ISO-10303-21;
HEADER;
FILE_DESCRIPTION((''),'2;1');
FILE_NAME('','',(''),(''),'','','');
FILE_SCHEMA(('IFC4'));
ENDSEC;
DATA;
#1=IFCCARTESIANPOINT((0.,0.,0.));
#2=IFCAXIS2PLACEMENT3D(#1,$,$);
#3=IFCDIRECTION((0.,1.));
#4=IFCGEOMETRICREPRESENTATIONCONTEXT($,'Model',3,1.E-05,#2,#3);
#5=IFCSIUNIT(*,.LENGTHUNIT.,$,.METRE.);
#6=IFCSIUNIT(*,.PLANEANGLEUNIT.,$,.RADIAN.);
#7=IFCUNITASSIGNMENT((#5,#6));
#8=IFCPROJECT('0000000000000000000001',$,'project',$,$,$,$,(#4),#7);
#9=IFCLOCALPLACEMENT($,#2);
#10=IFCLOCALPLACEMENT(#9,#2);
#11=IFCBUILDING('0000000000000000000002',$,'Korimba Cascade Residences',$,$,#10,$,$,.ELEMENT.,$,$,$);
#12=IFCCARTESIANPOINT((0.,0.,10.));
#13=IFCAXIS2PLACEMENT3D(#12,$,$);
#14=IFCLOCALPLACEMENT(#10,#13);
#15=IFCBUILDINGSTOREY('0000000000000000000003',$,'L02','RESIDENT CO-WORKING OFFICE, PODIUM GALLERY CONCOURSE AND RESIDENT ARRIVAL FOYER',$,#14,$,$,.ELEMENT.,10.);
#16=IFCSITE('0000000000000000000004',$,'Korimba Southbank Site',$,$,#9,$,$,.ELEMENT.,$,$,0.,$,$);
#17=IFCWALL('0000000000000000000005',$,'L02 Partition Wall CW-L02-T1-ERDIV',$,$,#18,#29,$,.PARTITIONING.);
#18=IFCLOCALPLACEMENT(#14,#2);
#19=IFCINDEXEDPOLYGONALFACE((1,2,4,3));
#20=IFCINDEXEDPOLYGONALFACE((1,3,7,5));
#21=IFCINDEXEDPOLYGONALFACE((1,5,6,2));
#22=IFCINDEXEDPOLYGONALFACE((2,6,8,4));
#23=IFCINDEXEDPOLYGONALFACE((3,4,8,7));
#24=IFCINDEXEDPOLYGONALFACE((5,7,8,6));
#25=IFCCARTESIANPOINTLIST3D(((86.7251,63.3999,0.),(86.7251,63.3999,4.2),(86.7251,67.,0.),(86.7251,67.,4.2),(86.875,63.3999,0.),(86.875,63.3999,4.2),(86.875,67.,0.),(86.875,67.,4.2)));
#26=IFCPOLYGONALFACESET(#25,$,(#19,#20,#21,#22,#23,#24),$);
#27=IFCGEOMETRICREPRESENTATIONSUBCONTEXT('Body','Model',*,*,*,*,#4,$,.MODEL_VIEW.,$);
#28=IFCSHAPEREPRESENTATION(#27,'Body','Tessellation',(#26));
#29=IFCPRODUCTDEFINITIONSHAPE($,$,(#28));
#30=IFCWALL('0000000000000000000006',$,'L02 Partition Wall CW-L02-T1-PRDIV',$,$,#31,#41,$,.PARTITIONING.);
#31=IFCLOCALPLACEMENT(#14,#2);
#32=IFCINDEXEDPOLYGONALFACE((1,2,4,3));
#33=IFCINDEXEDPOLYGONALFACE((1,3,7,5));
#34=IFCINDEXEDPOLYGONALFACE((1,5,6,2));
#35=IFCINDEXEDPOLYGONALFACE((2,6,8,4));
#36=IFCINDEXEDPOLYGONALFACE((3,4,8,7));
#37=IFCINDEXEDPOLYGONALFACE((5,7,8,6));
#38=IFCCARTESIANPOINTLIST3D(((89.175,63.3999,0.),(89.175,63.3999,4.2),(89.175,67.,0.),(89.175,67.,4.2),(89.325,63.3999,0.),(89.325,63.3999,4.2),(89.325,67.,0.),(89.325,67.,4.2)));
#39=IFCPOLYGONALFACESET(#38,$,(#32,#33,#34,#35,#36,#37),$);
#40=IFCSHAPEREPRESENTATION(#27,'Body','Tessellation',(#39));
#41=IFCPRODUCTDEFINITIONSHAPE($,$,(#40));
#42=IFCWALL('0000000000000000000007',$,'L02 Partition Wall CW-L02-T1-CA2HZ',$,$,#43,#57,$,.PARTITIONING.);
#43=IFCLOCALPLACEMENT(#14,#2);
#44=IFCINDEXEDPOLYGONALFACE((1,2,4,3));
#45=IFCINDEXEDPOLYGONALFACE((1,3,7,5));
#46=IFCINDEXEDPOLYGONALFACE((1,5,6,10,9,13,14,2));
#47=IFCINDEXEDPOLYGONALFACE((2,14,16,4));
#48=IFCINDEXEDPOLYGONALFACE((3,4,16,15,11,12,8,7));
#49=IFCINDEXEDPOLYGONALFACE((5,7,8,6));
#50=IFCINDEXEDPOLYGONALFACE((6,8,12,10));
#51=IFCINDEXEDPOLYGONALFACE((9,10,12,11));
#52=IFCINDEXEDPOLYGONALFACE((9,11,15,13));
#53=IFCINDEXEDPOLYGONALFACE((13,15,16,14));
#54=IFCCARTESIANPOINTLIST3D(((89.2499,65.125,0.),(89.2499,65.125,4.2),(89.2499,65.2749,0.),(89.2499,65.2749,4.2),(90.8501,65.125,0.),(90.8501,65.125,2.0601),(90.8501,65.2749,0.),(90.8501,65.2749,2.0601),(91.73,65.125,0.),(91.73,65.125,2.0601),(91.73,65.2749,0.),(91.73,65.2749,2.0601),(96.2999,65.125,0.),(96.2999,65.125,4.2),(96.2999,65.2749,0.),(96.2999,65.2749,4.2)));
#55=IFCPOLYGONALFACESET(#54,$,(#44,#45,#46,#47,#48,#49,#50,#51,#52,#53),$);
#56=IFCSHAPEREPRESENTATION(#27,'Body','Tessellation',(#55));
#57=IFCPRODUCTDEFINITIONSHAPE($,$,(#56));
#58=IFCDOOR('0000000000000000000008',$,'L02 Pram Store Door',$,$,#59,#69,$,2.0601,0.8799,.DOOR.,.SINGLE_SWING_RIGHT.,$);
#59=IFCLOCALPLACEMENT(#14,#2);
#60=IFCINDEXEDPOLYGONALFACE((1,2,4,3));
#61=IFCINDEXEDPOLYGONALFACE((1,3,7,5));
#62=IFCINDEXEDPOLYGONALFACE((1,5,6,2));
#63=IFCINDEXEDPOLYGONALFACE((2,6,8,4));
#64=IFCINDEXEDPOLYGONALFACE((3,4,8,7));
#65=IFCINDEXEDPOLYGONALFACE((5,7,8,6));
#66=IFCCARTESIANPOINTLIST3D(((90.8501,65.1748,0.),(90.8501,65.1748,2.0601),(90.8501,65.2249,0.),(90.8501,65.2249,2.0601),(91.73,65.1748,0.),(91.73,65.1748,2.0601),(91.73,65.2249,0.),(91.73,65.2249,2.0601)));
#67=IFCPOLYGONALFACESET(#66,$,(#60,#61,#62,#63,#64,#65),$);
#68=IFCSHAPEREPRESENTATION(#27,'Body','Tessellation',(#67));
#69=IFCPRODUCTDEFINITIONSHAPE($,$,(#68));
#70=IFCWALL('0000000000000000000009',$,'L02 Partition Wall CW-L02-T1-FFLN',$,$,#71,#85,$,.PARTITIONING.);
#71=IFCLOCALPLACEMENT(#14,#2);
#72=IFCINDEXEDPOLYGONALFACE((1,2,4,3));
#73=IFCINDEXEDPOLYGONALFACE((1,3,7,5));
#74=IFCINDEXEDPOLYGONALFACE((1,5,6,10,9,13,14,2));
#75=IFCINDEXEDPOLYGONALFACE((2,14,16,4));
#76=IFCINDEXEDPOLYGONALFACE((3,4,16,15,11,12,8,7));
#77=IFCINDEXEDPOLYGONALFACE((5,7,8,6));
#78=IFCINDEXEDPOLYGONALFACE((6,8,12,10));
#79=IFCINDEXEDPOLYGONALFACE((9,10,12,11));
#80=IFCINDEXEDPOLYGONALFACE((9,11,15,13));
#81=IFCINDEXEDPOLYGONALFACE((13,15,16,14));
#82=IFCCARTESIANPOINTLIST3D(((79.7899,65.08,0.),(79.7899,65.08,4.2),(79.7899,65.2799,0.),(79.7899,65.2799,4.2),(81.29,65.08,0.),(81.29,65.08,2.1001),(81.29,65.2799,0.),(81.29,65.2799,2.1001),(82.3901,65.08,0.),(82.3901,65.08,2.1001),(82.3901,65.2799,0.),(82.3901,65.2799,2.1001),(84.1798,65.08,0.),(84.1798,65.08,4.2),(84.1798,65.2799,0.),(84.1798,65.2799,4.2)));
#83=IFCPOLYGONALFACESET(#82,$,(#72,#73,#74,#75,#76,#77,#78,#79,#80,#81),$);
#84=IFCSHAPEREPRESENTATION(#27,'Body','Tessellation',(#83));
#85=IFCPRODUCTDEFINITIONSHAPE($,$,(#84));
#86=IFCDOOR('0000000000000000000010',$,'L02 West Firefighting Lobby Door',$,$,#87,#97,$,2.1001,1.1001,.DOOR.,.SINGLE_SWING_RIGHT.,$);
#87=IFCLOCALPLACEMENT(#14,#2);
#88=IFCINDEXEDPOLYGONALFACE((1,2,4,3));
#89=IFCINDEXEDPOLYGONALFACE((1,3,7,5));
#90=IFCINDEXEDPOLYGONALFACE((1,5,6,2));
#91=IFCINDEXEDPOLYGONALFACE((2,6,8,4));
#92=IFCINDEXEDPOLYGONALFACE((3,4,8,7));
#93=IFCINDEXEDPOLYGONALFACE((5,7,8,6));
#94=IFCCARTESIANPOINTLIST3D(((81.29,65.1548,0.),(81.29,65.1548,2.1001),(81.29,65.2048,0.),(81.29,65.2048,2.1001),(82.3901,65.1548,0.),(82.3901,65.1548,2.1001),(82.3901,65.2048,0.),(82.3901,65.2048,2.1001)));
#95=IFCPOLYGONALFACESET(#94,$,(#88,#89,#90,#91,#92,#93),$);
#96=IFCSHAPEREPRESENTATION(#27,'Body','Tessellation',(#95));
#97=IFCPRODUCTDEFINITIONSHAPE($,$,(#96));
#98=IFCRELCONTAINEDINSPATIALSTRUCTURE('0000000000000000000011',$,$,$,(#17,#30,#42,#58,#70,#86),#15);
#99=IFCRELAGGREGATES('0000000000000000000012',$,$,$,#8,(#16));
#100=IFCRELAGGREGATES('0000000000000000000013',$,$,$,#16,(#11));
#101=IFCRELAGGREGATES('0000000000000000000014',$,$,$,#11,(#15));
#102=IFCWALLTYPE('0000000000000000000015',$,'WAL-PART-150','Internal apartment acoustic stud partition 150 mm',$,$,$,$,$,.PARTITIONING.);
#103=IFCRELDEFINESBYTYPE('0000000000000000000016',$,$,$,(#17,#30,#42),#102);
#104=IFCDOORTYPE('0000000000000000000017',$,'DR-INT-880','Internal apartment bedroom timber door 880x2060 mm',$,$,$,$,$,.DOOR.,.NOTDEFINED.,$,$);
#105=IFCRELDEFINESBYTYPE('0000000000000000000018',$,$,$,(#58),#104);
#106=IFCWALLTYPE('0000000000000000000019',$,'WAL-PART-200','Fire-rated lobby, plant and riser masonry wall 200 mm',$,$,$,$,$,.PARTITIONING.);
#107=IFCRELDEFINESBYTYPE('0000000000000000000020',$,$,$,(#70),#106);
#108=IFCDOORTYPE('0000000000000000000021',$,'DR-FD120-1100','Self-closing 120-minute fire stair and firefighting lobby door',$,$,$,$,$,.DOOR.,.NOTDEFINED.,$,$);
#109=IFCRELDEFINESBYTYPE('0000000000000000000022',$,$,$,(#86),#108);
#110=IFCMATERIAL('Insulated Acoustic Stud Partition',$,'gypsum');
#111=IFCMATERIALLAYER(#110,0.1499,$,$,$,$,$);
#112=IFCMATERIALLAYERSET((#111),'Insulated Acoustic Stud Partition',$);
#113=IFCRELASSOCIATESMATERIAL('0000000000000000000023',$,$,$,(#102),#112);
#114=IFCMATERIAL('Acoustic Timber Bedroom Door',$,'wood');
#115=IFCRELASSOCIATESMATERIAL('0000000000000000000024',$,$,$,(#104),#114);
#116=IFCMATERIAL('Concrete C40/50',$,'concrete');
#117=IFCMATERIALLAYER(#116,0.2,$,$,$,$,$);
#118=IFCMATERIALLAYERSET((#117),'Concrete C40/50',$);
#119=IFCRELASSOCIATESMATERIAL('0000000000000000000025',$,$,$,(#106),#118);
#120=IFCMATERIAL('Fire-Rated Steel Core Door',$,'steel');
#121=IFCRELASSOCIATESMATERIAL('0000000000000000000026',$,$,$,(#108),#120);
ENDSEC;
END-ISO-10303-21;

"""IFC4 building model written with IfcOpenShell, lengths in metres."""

from ifc_helpers import new_model, si_unit, direction, frame, frame_2d, origin, place, context, subcontext, project, spatial, rectangle, extrude, material, layer, layer_set, type_object, element, fill, save


model = new_model("IFC4")

# Units and contexts
model_context = context("Model", 3, precision=1e-05, world=origin(), true_north=direction((0.0, 1.0)))
body_context = subcontext(model_context, "Body", "Model", "MODEL_VIEW")
ifc_project = project(units=[si_unit("LENGTHUNIT", "METRE"), si_unit("PLANEANGLEUNIT", "RADIAN")], contexts=[model_context])

# Site, building, storey
site_placement = place(None, origin())
site = spatial("IfcSite", under=ifc_project, at=site_placement, Name="Korimba Southbank Site", CompositionType="ELEMENT", RefElevation=0.0)
building_placement = place(site_placement, origin())
building = spatial("IfcBuilding", under=site, at=building_placement, Name="Korimba Cascade Residences", CompositionType="ELEMENT")
storey_placement = place(building_placement, frame((0.0, 0.0, 10.0)))
storey = spatial("IfcBuildingStorey", under=building, at=storey_placement, Name="L02", Description="RESIDENT CO-WORKING OFFICE, PODIUM GALLERY CONCOURSE AND RESIDENT ARRIVAL FOYER", CompositionType="ELEMENT", Elevation=10.0)

# Walls
ifc_material_1 = material(Name="Insulated Acoustic Stud Partition", Category="gypsum")
ifc_layer_1 = layer(ifc_material_1, 0.1499)
ifc_layer_set_1 = layer_set([ifc_layer_1], Name="Insulated Acoustic Stud Partition")
wall_type_1 = type_object("IfcWallType", Name="WAL-PART-150", Description="Internal apartment acoustic stud partition 150 mm", PredefinedType="PARTITIONING", material=ifc_layer_set_1)
for number, where, z_axis, x_axis, name in (
    (1, (86.8, 63.3999, 0.0), (0.0, 0.0, 1.0), (0.0, 1.0, 0.0), "L02 Partition Wall CW-L02-T1-ERDIV"),
    (2, (89.25, 63.3999, 0.0), (0.0, 0.0, 1.0), (0.0, 1.0, 0.0), "L02 Partition Wall CW-L02-T1-PRDIV"),
):
    element("IfcWall", number, at=place(storey_placement, frame(where, z_axis=z_axis, x_axis=x_axis)), inside=storey, type_object=wall_type_1, Name=name, PredefinedType="PARTITIONING", context=body_context, shape_type="SweptSolid", body=[
        extrude(rectangle(XDim=3.6001, YDim=0.1499, at=frame_2d((1.8, 0.0))), origin(), (0.0, 0.0, 1.0), 4.2),
    ])

# Walls, openings, doors
wall_1_placement = place(storey_placement, frame((89.25, 65.2, 0.0), z_axis=(0.0, 0.0, 1.0), x_axis=(1.0, 0.0, 0.0)))
wall_1 = element("IfcWall", 3, at=wall_1_placement, inside=storey, type_object=wall_type_1, Name="L02 Partition Wall CW-L02-T1-CA2HZ", PredefinedType="PARTITIONING", context=body_context, shape_type="SweptSolid", body=[
    extrude(rectangle(XDim=7.05, YDim=0.1499, at=frame_2d((3.5249, 0.0))), origin(), (0.0, 0.0, 1.0), 4.2),
])
opening_1_placement = place(wall_1_placement, frame((1.6001, 0.0, 0.0)))
opening_1 = element("IfcOpeningElement", 4, at=opening_1_placement, cuts=wall_1, PredefinedType="OPENING", context=body_context, shape_type="SweptSolid", body=[
    extrude(rectangle(XDim=0.8799, YDim=2.0601, at=frame_2d((0.4399, 1.03))), frame((0.0, 0.085, 0.0), z_axis=(0.0, -1.0, 0.0), x_axis=(1.0, 0.0, 0.0)), (0.0, 0.0, 1.0), 0.1699),
])
ifc_material_2 = material(Name="Acoustic Timber Bedroom Door", Category="wood")
door_type_1 = type_object("IfcDoorType", Name="DR-INT-880", Description="Internal apartment bedroom timber door 880x2060 mm", OperationType="NOTDEFINED", PredefinedType="DOOR", material=ifc_material_2)
door_1_placement = place(opening_1_placement, origin())
door_1 = element("IfcDoor", 5, at=door_1_placement, inside=storey, type_object=door_type_1, Name="L02 Pram Store Door", OperationType="SINGLE_SWING_RIGHT", OverallHeight=2.0601, OverallWidth=0.8799, PredefinedType="DOOR", context=body_context, shape_type="SweptSolid", body=[
    extrude(rectangle(XDim=0.8799, YDim=2.0601, at=frame_2d((0.4399, 1.03))), frame((0.0, 0.0249, 0.0), z_axis=(0.0, -1.0, 0.0), x_axis=(1.0, 0.0, 0.0)), (0.0, 0.0, 1.0), 0.05),
])
fill(opening_1, door_1)
ifc_material_3 = material(Name="Concrete C40/50", Category="concrete")
ifc_layer_2 = layer(ifc_material_3, 0.2)
ifc_layer_set_2 = layer_set([ifc_layer_2], Name="Concrete C40/50")
wall_type_2 = type_object("IfcWallType", Name="WAL-PART-200", Description="Fire-rated lobby, plant and riser masonry wall 200 mm", PredefinedType="PARTITIONING", material=ifc_layer_set_2)
wall_2_placement = place(storey_placement, frame((79.79, 65.1799, 0.0), z_axis=(0.0, 0.0, 1.0), x_axis=(1.0, 0.0, 0.0)))
wall_2 = element("IfcWall", 6, at=wall_2_placement, inside=storey, type_object=wall_type_2, Name="L02 Partition Wall CW-L02-T1-FFLN", PredefinedType="PARTITIONING", context=body_context, shape_type="SweptSolid", body=[
    extrude(rectangle(XDim=4.3899, YDim=0.2, at=frame_2d((2.1948, 0.0))), origin(), (0.0, 0.0, 1.0), 4.2),
])
opening_2_placement = place(wall_2_placement, frame((1.5, 0.0, 0.0)))
opening_2 = element("IfcOpeningElement", 7, at=opening_2_placement, cuts=wall_2, PredefinedType="OPENING", context=body_context, shape_type="SweptSolid", body=[
    extrude(rectangle(XDim=1.1001, YDim=2.1001, at=frame_2d((0.55, 1.05))), frame((0.0, 0.1099, 0.0), z_axis=(0.0, -1.0, 0.0), x_axis=(1.0, 0.0, 0.0)), (0.0, 0.0, 1.0), 0.22),
])
ifc_material_4 = material(Name="Fire-Rated Steel Core Door", Category="steel")
door_type_2 = type_object("IfcDoorType", Name="DR-FD120-1100", Description="Self-closing 120-minute fire stair and firefighting lobby door", OperationType="NOTDEFINED", PredefinedType="DOOR", material=ifc_material_4)
door_2_placement = place(opening_2_placement, origin())
door_2 = element("IfcDoor", 8, at=door_2_placement, inside=storey, type_object=door_type_2, Name="L02 West Firefighting Lobby Door", OperationType="SINGLE_SWING_RIGHT", OverallHeight=2.1001, OverallWidth=1.1001, PredefinedType="DOOR", context=body_context, shape_type="SweptSolid", body=[
    extrude(rectangle(XDim=1.1001, YDim=2.1001, at=frame_2d((0.55, 1.05))), frame((0.0, 0.0249, 0.0), z_axis=(0.0, -1.0, 0.0), x_axis=(1.0, 0.0, 0.0)), (0.0, 0.0, 1.0), 0.05),
])
fill(opening_2, door_2)

save(model, "model.ifc")
